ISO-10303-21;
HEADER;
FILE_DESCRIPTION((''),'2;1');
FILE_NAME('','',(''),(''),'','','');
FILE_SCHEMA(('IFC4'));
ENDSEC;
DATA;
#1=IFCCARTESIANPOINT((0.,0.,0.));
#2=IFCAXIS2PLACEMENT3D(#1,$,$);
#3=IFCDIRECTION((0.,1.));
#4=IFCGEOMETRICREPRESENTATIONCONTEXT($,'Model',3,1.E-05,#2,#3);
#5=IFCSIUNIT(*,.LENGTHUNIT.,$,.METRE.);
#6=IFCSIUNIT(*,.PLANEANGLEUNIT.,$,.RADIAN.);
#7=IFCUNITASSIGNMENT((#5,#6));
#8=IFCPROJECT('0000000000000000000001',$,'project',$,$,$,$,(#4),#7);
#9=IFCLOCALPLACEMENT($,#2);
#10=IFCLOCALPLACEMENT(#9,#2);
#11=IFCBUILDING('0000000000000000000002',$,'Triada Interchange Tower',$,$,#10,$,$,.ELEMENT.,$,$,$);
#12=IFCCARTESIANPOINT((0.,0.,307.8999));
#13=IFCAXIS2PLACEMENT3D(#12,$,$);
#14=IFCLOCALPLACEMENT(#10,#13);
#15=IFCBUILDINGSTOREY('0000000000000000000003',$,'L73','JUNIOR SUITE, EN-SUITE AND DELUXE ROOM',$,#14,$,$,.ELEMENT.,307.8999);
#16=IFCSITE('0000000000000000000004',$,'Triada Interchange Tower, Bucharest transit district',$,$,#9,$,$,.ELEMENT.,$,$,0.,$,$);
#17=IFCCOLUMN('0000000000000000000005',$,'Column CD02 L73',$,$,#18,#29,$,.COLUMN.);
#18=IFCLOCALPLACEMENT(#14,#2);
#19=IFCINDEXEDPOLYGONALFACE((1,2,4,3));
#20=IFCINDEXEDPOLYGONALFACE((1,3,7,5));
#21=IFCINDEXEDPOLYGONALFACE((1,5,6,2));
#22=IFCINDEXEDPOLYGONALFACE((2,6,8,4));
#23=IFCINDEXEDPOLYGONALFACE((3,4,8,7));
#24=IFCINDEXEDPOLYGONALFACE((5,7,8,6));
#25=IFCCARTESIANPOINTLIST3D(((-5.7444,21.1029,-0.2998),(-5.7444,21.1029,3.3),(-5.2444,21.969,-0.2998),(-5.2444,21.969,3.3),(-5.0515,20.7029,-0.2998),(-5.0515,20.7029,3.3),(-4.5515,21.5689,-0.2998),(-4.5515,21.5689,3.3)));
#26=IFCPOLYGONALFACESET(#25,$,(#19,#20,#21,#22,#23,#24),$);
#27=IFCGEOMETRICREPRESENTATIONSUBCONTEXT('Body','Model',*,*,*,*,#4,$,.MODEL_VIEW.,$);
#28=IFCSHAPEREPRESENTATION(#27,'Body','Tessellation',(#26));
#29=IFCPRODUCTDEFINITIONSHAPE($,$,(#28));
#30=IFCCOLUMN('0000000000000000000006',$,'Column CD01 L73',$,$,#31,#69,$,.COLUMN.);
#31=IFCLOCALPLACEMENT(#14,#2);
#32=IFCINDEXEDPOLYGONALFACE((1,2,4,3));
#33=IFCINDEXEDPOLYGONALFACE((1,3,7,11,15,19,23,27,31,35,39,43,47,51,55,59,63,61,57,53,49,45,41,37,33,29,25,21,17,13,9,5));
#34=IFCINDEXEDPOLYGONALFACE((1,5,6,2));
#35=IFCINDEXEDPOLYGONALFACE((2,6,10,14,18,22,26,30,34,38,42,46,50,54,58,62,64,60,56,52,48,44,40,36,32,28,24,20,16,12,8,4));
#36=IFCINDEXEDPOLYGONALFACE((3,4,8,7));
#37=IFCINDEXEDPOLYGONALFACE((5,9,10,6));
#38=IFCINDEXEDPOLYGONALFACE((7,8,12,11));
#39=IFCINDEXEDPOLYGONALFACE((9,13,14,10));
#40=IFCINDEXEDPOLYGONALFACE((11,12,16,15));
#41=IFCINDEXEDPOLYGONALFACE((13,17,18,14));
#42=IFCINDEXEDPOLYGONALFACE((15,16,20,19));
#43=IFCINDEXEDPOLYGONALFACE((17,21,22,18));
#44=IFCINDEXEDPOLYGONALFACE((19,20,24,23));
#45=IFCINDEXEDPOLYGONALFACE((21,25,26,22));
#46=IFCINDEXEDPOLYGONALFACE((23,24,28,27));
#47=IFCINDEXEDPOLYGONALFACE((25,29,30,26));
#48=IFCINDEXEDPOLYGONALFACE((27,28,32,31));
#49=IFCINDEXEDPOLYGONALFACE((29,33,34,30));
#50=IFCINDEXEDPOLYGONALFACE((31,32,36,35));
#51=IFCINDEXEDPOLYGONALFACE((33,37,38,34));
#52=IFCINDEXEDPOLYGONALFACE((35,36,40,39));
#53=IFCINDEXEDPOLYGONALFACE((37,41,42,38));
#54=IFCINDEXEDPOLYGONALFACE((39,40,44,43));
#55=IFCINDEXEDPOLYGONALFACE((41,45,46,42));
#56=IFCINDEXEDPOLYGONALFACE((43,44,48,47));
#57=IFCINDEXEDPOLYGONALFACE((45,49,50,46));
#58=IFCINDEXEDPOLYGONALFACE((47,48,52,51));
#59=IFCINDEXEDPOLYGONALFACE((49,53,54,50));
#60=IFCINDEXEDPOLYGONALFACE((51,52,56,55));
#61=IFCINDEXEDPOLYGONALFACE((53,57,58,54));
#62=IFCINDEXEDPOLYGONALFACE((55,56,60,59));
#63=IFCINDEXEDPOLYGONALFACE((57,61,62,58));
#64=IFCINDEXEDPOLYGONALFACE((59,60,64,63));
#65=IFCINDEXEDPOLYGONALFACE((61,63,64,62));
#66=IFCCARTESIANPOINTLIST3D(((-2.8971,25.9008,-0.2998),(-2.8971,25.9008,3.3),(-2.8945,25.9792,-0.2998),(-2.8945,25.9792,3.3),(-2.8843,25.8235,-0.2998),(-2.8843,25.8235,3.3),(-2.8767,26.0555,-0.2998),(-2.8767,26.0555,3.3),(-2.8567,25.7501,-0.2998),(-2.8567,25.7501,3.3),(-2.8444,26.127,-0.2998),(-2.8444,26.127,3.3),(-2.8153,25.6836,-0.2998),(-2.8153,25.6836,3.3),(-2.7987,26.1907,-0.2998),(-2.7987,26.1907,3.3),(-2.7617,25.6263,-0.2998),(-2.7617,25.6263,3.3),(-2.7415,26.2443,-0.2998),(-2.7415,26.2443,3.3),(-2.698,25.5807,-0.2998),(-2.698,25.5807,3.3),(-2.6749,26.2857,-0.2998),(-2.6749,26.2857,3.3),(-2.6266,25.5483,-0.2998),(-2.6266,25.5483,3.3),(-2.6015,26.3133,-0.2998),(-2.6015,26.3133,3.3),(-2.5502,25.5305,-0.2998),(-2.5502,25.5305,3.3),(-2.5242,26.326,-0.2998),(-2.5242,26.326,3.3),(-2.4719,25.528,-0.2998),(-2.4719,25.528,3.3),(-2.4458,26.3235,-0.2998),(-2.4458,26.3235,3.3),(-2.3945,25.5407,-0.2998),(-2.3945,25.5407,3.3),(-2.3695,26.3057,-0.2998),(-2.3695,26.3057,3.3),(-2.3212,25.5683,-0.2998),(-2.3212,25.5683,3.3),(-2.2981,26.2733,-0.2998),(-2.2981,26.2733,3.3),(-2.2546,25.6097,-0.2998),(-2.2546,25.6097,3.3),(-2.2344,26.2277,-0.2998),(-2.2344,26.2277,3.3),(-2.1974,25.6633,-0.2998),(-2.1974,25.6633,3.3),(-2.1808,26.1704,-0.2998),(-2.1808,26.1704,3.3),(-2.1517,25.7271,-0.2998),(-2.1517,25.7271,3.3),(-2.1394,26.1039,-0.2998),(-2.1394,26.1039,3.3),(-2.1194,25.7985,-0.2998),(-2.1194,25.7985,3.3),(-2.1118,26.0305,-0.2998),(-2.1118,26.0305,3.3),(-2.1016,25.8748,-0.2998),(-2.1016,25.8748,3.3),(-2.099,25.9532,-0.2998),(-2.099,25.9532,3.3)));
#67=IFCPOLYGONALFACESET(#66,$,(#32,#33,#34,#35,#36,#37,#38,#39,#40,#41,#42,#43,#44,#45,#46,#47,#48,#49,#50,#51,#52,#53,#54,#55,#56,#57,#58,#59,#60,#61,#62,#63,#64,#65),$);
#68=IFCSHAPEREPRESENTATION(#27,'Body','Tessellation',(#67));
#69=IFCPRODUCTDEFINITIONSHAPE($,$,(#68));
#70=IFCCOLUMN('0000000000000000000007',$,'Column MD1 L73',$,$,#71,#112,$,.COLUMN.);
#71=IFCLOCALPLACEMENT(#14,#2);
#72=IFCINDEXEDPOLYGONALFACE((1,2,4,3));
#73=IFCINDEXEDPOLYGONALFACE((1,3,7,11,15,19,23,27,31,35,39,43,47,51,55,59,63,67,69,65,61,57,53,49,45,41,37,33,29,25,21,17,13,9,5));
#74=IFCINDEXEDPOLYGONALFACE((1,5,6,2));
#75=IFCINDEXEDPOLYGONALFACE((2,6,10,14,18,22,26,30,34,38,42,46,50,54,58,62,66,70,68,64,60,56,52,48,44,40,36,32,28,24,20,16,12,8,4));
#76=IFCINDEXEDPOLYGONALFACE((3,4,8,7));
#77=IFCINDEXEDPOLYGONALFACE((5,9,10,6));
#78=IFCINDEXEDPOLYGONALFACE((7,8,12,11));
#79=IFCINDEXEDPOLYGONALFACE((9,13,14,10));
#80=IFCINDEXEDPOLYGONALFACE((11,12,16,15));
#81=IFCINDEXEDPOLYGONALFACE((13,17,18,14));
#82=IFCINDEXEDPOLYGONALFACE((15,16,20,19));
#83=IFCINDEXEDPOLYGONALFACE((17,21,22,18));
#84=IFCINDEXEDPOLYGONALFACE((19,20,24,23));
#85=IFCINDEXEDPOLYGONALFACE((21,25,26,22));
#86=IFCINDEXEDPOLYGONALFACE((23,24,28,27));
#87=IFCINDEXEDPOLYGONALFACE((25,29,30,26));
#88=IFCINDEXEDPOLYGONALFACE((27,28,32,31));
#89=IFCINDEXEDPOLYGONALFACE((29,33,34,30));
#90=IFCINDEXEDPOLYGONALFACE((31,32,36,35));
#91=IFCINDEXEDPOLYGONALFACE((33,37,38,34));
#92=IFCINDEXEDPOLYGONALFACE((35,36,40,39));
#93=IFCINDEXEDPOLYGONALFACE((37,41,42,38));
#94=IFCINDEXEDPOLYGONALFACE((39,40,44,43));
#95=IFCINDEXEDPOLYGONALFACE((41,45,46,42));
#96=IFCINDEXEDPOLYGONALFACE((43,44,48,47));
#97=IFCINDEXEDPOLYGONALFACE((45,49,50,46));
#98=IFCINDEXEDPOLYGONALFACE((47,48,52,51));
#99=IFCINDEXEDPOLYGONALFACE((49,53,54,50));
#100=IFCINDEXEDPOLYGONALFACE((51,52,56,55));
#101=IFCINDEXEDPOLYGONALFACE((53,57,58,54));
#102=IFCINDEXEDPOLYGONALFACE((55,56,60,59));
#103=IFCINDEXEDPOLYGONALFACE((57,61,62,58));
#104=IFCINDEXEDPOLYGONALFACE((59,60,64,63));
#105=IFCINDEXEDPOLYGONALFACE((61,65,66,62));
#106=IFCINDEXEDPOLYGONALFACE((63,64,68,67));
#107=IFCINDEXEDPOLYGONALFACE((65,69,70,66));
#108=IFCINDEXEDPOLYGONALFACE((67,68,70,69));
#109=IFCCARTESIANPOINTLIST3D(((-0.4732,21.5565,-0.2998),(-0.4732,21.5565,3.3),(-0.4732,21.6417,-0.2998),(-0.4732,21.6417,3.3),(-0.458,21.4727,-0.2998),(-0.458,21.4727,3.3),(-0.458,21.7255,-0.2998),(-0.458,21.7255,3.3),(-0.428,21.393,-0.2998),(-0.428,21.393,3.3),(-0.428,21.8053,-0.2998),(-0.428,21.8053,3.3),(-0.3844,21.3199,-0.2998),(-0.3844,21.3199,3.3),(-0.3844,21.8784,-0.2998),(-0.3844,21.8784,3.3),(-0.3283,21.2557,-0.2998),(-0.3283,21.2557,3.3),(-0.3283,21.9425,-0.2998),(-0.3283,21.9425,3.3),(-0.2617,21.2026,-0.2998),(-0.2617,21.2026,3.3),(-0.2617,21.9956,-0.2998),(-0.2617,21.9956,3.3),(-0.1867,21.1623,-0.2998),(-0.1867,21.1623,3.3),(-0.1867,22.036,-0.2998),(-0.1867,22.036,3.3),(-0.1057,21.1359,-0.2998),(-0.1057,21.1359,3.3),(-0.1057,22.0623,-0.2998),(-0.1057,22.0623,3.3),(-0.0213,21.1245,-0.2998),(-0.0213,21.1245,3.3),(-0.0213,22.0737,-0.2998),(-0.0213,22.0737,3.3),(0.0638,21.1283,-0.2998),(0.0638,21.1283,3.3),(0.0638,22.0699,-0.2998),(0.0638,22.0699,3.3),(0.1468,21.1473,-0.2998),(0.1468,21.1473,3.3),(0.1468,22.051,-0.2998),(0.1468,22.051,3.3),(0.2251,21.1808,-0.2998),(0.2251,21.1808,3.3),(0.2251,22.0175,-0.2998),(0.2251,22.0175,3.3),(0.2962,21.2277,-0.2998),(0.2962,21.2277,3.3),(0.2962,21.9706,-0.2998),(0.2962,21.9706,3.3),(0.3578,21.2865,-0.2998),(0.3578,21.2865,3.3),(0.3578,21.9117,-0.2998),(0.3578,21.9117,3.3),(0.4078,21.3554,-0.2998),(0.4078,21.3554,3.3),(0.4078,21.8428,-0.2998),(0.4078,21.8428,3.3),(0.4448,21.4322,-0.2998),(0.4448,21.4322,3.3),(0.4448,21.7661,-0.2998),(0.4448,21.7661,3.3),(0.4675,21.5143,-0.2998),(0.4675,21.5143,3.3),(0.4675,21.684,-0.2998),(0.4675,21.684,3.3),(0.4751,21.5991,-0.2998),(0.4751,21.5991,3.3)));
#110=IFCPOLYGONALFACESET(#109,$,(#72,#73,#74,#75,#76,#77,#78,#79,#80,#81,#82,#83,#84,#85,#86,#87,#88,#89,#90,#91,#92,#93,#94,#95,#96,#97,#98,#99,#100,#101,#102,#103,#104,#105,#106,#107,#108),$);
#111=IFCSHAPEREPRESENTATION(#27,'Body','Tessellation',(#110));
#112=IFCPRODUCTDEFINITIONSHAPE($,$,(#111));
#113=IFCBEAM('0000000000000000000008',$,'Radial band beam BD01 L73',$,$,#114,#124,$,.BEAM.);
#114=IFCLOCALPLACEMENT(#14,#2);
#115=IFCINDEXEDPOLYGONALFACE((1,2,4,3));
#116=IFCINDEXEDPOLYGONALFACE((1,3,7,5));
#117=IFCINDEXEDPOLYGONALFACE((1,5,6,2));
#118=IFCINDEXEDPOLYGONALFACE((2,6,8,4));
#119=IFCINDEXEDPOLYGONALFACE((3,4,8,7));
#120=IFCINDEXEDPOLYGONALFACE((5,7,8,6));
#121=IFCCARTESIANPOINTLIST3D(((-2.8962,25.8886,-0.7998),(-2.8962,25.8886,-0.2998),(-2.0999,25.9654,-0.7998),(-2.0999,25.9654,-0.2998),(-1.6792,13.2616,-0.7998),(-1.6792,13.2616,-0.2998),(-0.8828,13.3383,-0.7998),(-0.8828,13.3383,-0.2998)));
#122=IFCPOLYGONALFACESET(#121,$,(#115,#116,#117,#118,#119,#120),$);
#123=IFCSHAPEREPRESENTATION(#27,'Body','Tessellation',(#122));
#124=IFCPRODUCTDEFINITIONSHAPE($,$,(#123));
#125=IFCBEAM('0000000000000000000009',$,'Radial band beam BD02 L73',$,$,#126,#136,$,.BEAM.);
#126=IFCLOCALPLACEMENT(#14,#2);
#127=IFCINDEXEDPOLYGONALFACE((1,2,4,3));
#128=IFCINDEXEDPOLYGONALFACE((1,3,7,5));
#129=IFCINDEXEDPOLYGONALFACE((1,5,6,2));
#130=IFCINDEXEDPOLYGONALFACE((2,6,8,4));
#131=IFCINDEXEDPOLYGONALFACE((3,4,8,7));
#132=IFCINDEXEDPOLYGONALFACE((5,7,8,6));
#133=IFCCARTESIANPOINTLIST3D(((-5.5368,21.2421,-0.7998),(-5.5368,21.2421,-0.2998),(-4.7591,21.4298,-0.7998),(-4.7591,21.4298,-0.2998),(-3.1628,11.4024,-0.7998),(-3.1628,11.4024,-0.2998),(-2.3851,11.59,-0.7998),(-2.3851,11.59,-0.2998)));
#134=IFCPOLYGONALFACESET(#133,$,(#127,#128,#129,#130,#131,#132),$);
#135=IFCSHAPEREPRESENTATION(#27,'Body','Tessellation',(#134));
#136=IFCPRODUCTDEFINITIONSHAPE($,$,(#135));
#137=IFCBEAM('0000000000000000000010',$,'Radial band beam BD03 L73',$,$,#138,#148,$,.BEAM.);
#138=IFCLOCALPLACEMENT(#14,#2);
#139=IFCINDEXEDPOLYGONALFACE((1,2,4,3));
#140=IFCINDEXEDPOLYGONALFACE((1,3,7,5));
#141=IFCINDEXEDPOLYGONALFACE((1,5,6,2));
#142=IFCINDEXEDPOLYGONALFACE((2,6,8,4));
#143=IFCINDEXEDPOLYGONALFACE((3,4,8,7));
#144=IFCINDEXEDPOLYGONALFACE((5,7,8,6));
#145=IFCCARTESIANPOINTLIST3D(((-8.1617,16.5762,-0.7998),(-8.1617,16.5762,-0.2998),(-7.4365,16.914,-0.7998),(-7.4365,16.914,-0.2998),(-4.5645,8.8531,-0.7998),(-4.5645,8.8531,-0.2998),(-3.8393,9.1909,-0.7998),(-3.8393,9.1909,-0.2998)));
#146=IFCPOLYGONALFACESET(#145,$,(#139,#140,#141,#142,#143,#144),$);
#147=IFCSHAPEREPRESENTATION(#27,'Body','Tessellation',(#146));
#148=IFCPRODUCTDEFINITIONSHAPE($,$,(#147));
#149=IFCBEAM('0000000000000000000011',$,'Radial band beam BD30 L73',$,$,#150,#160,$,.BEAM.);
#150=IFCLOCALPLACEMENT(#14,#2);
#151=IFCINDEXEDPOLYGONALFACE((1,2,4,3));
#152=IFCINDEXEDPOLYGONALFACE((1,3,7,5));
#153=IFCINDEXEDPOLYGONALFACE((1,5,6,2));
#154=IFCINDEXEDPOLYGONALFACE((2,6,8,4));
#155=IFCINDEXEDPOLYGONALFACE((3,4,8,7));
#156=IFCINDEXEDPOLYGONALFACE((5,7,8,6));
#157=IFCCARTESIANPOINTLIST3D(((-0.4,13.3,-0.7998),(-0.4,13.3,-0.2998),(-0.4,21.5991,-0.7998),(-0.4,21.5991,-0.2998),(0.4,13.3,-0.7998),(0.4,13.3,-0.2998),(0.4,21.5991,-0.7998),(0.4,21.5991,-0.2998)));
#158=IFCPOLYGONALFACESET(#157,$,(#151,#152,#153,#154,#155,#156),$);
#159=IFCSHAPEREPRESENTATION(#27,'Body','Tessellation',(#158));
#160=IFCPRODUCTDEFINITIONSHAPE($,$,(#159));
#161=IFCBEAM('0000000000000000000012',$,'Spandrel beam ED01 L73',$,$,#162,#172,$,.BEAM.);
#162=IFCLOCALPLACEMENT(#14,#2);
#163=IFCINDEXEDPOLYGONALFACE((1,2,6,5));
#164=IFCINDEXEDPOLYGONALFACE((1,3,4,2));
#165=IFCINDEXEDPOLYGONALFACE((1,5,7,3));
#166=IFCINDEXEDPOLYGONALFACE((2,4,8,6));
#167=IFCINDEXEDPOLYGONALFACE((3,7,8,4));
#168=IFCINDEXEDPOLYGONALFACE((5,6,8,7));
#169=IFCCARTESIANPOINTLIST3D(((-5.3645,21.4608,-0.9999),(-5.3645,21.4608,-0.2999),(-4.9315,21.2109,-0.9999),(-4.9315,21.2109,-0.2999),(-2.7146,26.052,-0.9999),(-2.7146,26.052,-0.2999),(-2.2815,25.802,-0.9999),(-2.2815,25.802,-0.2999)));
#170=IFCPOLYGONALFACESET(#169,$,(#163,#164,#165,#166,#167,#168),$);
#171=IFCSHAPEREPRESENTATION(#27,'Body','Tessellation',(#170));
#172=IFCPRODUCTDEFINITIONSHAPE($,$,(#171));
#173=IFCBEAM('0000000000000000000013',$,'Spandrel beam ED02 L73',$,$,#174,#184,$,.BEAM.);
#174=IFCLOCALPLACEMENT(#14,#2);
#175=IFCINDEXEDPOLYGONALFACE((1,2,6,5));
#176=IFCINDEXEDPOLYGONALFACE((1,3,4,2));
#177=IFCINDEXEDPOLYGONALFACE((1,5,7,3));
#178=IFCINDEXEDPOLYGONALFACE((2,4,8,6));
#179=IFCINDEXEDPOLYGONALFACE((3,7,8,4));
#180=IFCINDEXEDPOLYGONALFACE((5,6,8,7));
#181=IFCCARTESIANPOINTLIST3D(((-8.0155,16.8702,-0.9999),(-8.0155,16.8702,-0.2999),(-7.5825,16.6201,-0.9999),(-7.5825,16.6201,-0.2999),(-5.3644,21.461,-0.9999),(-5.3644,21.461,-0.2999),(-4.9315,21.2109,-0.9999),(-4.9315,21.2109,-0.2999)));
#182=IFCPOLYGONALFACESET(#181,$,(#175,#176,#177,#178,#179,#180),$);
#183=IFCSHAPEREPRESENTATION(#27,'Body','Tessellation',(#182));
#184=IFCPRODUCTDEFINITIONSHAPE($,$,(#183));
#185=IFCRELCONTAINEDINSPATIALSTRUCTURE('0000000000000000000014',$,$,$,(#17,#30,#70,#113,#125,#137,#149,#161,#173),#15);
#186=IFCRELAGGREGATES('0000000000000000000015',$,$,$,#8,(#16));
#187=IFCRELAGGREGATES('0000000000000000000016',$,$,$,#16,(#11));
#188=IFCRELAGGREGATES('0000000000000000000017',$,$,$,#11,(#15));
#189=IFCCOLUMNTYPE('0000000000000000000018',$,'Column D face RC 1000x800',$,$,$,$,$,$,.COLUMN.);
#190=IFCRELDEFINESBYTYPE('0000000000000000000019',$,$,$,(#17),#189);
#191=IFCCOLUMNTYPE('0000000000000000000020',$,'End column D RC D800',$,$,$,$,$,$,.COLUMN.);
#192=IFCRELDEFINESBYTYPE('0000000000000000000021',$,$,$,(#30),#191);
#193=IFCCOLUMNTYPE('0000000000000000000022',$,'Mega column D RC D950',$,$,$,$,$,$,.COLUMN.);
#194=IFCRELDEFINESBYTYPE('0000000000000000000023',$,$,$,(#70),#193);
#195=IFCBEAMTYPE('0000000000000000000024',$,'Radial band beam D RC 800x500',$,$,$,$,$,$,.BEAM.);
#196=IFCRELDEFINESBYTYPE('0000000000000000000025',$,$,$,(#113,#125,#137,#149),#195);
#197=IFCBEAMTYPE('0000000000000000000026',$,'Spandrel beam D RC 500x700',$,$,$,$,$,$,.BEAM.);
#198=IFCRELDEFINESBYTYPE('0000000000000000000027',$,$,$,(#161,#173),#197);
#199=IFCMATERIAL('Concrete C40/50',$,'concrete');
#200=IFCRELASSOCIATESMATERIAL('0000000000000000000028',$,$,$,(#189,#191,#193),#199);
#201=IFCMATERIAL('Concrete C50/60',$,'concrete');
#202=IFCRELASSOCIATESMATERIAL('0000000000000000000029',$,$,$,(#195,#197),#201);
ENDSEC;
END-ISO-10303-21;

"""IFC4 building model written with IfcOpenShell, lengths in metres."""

from ifc_helpers import new_model, si_unit, direction, frame, origin, origin_2d, place, context, subcontext, project, spatial, rectangle, circle, extrude, material, material_profile, profile_set, type_object, element, save


model = new_model("IFC4")

# Units and contexts
model_context = context("Model", 3, precision=1e-05, world=origin(), true_north=direction((0.0, 1.0)))
body_context = subcontext(model_context, "Body", "Model", "MODEL_VIEW")
ifc_project = project(units=[si_unit("LENGTHUNIT", "METRE"), si_unit("PLANEANGLEUNIT", "RADIAN")], contexts=[model_context])

# Site, building, storey
site_placement = place(None, origin())
site = spatial("IfcSite", under=ifc_project, at=site_placement, Name="Triada Interchange Tower, Bucharest transit district", CompositionType="ELEMENT", RefElevation=0.0)
building_placement = place(site_placement, origin())
building = spatial("IfcBuilding", under=site, at=building_placement, Name="Triada Interchange Tower", CompositionType="ELEMENT")
storey_placement = place(building_placement, frame((0.0, 0.0, 307.8999)))
storey = spatial("IfcBuildingStorey", under=building, at=storey_placement, Name="L73", Description="JUNIOR SUITE, EN-SUITE AND DELUXE ROOM", CompositionType="ELEMENT", Elevation=307.8999)

# Columns
ifc_material_1 = material(Name="Concrete C40/50", Category="concrete")
ifc_material_profile_1 = material_profile(ifc_material_1, rectangle(XDim=1.0, YDim=0.8, at=origin_2d()), Name="RC 1000x800")
ifc_profile_set_1 = profile_set([ifc_material_profile_1], Name="Concrete C40/50")
column_type_1 = type_object("IfcColumnType", Name="Column D face RC 1000x800", PredefinedType="COLUMN", material=ifc_profile_set_1)
column_1_placement = place(storey_placement, frame((-5.1479, 21.3359, -0.2998), z_axis=(0.0, 0.0, 1.0), x_axis=(0.5, 0.866025, 0.0)))
element("IfcColumn", 1, at=column_1_placement, inside=storey, type_object=column_type_1, Name="Column CD02 L73", PredefinedType="COLUMN", context=body_context, shape_type="SweptSolid", body=[
    extrude(rectangle(XDim=1.0, YDim=0.8, at=origin_2d()), origin(), (0.0, 0.0, 1.0), 3.5999),
])
ifc_material_profile_2 = material_profile(ifc_material_1, circle(Radius=0.3999, at=origin_2d()), Name="RC D800")
ifc_profile_set_2 = profile_set([ifc_material_profile_2], Name="Concrete C40/50")
column_type_2 = type_object("IfcColumnType", Name="End column D RC D800", PredefinedType="COLUMN", material=ifc_profile_set_2)
column_2_placement = place(storey_placement, frame((-2.498, 25.927, -0.2998), z_axis=(0.0, 0.0, 1.0), x_axis=(0.5, 0.866025, 0.0)))
element("IfcColumn", 2, at=column_2_placement, inside=storey, type_object=column_type_2, Name="Column CD01 L73", PredefinedType="COLUMN", context=body_context, shape_type="SweptSolid", body=[
    extrude(circle(Radius=0.3999, at=origin_2d()), origin(), (0.0, 0.0, 1.0), 3.5999),
])
ifc_material_profile_3 = material_profile(ifc_material_1, circle(Radius=0.4751, at=origin_2d()), Name="RC D950")
ifc_profile_set_3 = profile_set([ifc_material_profile_3], Name="Concrete C40/50")
column_type_3 = type_object("IfcColumnType", Name="Mega column D RC D950", PredefinedType="COLUMN", material=ifc_profile_set_3)
column_3_placement = place(storey_placement, frame((0.0, 21.5991, -0.2998), z_axis=(0.0, 0.0, 1.0), x_axis=(1.0, 0.0, 0.0)))
element("IfcColumn", 3, at=column_3_placement, inside=storey, type_object=column_type_3, Name="Column MD1 L73", PredefinedType="COLUMN", context=body_context, shape_type="SweptSolid", body=[
    extrude(circle(Radius=0.4751, at=origin_2d()), origin(), (0.0, 0.0, 1.0), 3.5999),
])

# Beams
ifc_material_2 = material(Name="Concrete C50/60", Category="concrete")
ifc_material_profile_4 = material_profile(ifc_material_2, rectangle(XDim=0.8, YDim=0.5, at=origin_2d()), Name="RC 800x500")
ifc_profile_set_4 = profile_set([ifc_material_profile_4], Name="Concrete C50/60")
beam_type_1 = type_object("IfcBeamType", Name="Radial band beam D RC 800x500", PredefinedType="BEAM", material=ifc_profile_set_4)
beam_1_placement = place(storey_placement, frame((-2.498, 25.927, -0.5498), z_axis=(0.09594, -0.995387, 0.0), x_axis=(0.995387, 0.09594, 0.0)))
element("IfcBeam", 4, at=beam_1_placement, inside=storey, type_object=beam_type_1, Name="Radial band beam BD01 L73", PredefinedType="BEAM", context=body_context, shape_type="SweptSolid", body=[
    extrude(rectangle(XDim=0.8, YDim=0.5, at=origin_2d()), origin(), (0.0, 0.0, 1.0), 12.6855),
])
beam_2_placement = place(storey_placement, frame((-5.1479, 21.3359, -0.5498), z_axis=(0.234537, -0.972107, 0.0), x_axis=(0.972107, 0.234537, 0.0)))
element("IfcBeam", 5, at=beam_2_placement, inside=storey, type_object=beam_type_1, Name="Radial band beam BD02 L73", PredefinedType="BEAM", context=body_context, shape_type="SweptSolid", body=[
    extrude(rectangle(XDim=0.8, YDim=0.5, at=origin_2d()), origin(), (0.0, 0.0, 1.0), 10.1221),
])
beam_3_placement = place(storey_placement, frame((-7.7991, 16.7451, -0.5498), z_axis=(0.422214, -0.906496, 0.0), x_axis=(0.906496, 0.422214, 0.0)))
element("IfcBeam", 6, at=beam_3_placement, inside=storey, type_object=beam_type_1, Name="Radial band beam BD03 L73", PredefinedType="BEAM", context=body_context, shape_type="SweptSolid", body=[
    extrude(rectangle(XDim=0.8, YDim=0.5, at=origin_2d()), origin(), (0.0, 0.0, 1.0), 8.5198),
])
beam_4_placement = place(storey_placement, frame((0.0, 21.5991, -0.5498), z_axis=(0.0, -1.0, 0.0), x_axis=(1.0, 0.0, 0.0)))
element("IfcBeam", 7, at=beam_4_placement, inside=storey, type_object=beam_type_1, Name="Radial band beam BD30 L73", PredefinedType="BEAM", context=body_context, shape_type="SweptSolid", body=[
    extrude(rectangle(XDim=0.8, YDim=0.5, at=origin_2d()), origin(), (0.0, 0.0, 1.0), 8.2991),
])
ifc_material_profile_5 = material_profile(ifc_material_2, rectangle(XDim=0.5, YDim=0.7, at=origin_2d()), Name="RC 500x700")
ifc_profile_set_5 = profile_set([ifc_material_profile_5], Name="Concrete C50/60")
beam_type_2 = type_object("IfcBeamType", Name="Spandrel beam D RC 500x700", PredefinedType="BEAM", material=ifc_profile_set_5)
beam_5_placement = place(storey_placement, frame((-2.498, 25.927, -0.6499), z_axis=(-0.499894, -0.866087, 0.0), x_axis=(0.866087, -0.499894, 0.0)))
element("IfcBeam", 8, at=beam_5_placement, inside=storey, type_object=beam_type_2, Name="Spandrel beam ED01 L73", PredefinedType="BEAM", context=body_context, shape_type="SweptSolid", body=[
    extrude(rectangle(XDim=0.5, YDim=0.7, at=origin_2d()), origin(), (0.0, 0.0, 1.0), 5.301),
])
beam_6_placement = place(storey_placement, frame((-5.1479, 21.3359, -0.6499), z_axis=(-0.500087, -0.865975, 0.0), x_axis=(0.865975, -0.500087, 0.0)))
element("IfcBeam", 9, at=beam_6_placement, inside=storey, type_object=beam_type_2, Name="Spandrel beam ED02 L73", PredefinedType="BEAM", context=body_context, shape_type="SweptSolid", body=[
    extrude(rectangle(XDim=0.5, YDim=0.7, at=origin_2d()), origin(), (0.0, 0.0, 1.0), 5.3013),
])

save(model, "model.ifc")
